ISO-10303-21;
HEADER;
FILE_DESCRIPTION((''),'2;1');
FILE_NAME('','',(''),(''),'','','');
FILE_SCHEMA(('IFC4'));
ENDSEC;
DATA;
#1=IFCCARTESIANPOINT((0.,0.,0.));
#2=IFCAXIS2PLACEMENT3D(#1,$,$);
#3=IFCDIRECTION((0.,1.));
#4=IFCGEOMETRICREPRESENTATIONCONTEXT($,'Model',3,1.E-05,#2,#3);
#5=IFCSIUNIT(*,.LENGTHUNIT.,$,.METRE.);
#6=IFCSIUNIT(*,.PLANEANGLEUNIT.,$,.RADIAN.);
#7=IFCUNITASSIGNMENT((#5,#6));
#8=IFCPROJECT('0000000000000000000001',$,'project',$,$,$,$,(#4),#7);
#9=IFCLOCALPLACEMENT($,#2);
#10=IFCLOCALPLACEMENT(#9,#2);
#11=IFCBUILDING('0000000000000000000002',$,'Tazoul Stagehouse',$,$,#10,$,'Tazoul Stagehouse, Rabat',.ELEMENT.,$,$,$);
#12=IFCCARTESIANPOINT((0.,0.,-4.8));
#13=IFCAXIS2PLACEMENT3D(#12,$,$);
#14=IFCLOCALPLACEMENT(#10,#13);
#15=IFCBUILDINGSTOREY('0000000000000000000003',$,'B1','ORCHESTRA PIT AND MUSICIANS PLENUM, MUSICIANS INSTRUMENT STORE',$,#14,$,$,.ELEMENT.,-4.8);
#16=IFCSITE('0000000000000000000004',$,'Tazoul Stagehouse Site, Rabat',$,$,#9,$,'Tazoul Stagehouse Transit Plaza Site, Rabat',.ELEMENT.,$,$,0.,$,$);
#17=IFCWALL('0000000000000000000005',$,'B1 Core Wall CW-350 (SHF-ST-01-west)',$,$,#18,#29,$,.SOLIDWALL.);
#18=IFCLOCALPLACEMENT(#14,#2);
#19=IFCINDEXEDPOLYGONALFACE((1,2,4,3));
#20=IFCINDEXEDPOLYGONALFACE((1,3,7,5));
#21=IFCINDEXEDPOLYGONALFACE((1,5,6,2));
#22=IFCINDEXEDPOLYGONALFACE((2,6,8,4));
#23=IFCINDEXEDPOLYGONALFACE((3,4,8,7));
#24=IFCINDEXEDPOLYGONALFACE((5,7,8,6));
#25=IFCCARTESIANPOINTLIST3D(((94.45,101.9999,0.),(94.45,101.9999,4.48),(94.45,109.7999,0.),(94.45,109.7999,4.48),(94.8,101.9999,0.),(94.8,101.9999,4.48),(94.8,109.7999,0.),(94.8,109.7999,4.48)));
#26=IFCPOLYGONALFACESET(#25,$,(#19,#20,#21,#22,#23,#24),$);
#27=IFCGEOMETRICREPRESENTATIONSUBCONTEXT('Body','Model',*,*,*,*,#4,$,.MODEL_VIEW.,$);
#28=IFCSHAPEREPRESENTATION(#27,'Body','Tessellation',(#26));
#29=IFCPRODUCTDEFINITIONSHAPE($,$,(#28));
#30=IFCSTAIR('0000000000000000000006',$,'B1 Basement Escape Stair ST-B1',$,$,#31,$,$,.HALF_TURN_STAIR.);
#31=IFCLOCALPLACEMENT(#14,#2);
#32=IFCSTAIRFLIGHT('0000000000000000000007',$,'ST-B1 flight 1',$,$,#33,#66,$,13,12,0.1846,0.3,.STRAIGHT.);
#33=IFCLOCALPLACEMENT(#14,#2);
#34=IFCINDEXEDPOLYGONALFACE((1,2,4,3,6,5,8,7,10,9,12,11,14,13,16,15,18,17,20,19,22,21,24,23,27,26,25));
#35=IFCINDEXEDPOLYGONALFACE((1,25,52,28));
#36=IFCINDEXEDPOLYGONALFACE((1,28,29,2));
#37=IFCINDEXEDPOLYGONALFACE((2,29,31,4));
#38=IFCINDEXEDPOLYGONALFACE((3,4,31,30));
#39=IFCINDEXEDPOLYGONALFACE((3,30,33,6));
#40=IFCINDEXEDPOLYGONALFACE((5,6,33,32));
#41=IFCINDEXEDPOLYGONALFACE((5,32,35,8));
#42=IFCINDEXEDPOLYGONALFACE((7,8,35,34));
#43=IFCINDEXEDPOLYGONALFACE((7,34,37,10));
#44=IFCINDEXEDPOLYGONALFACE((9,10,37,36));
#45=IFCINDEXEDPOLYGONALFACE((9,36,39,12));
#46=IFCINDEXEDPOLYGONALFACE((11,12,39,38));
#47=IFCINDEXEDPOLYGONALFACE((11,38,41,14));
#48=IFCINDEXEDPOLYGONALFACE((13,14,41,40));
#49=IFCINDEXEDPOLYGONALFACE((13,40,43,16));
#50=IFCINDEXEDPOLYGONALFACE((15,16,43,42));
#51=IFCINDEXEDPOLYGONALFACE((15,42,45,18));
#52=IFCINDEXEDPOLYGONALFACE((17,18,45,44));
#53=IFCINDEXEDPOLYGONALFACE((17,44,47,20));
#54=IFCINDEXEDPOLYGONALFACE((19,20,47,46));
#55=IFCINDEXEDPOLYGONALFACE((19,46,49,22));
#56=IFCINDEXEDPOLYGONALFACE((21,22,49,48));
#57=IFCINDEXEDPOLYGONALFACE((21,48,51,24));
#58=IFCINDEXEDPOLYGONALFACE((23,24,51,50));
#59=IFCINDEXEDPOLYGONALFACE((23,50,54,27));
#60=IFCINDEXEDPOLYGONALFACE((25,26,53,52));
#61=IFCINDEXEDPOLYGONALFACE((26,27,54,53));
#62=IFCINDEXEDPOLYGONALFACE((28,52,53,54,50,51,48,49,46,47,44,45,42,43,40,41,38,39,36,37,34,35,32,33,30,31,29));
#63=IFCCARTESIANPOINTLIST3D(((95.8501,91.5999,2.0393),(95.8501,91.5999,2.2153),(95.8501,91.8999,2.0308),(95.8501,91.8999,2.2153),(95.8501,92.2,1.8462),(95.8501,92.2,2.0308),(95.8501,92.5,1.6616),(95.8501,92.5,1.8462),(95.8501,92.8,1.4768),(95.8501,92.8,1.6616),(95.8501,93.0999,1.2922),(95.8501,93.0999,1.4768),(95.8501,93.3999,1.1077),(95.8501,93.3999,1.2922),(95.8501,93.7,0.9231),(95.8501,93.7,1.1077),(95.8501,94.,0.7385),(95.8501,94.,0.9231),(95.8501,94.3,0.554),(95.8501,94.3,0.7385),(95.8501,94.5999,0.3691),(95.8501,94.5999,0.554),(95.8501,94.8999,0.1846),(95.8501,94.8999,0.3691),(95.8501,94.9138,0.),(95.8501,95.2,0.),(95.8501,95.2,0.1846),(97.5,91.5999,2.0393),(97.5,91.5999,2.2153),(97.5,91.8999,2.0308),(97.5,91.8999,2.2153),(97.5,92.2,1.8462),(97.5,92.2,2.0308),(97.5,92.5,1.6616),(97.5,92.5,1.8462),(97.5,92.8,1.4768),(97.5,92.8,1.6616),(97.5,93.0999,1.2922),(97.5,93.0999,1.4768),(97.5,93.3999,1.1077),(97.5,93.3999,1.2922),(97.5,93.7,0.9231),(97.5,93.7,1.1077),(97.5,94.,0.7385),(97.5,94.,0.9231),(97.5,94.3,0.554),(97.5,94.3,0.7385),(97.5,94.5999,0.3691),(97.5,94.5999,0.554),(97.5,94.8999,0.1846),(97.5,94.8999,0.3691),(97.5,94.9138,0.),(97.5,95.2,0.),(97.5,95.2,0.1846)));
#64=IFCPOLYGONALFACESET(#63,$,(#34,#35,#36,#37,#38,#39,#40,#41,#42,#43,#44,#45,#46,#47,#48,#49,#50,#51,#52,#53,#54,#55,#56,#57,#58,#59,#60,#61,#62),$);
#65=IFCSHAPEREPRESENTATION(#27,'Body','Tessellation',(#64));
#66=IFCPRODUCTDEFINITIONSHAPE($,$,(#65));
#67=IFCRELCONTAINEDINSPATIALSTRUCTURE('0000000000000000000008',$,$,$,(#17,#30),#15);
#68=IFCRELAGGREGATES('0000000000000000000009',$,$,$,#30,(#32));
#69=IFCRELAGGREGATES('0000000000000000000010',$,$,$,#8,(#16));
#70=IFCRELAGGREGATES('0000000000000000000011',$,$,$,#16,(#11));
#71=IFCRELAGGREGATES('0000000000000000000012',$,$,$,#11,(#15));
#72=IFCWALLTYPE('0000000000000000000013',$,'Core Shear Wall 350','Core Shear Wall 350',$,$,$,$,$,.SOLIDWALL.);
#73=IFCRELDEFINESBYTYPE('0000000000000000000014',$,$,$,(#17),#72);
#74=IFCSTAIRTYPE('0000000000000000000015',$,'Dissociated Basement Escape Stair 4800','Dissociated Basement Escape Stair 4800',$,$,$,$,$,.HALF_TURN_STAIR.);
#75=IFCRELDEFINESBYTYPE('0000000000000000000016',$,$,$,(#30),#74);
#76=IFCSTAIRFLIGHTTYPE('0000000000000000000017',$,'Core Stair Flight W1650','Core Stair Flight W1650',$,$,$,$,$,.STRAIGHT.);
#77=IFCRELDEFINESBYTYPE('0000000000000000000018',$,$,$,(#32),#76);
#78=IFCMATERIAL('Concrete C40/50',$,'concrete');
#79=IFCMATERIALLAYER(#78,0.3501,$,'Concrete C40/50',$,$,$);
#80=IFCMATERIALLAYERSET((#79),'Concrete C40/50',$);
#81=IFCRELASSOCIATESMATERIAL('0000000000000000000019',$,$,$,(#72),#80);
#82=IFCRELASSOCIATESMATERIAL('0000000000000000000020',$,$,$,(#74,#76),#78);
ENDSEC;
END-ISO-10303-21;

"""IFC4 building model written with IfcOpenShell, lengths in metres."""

from ifc_helpers import new_model, si_unit, direction, frame, frame_2d, origin, place, context, subcontext, project, spatial, polyline, rectangle, outline, extrude, material, layer, layer_set, type_object, element, aggregate, save


model = new_model("IFC4")

# Units and contexts
model_context = context("Model", 3, precision=1e-05, world=origin(), true_north=direction((0.0, 1.0)))
body_context = subcontext(model_context, "Body", "Model", "MODEL_VIEW")
ifc_project = project(units=[si_unit("LENGTHUNIT", "METRE"), si_unit("PLANEANGLEUNIT", "RADIAN")], contexts=[model_context])

# Site, building, storey
site_placement = place(None, origin())
site = spatial("IfcSite", under=ifc_project, at=site_placement, Name="Tazoul Stagehouse Site, Rabat", LongName="Tazoul Stagehouse Transit Plaza Site, Rabat", CompositionType="ELEMENT", RefElevation=0.0)
building_placement = place(site_placement, origin())
building = spatial("IfcBuilding", under=site, at=building_placement, Name="Tazoul Stagehouse", LongName="Tazoul Stagehouse, Rabat", CompositionType="ELEMENT")
storey_placement = place(building_placement, frame((0.0, 0.0, -4.8)))
storey = spatial("IfcBuildingStorey", under=building, at=storey_placement, Name="B1", Description="ORCHESTRA PIT AND MUSICIANS PLENUM, MUSICIANS INSTRUMENT STORE", CompositionType="ELEMENT", Elevation=-4.8)

# Shared definitions
ifc_material_1 = material(Name="Concrete C40/50", Category="concrete")

# Wall
ifc_layer = layer(ifc_material_1, 0.3501, Name="Concrete C40/50")
ifc_layer_set = layer_set([ifc_layer], Name="Concrete C40/50")
wall_type = type_object("IfcWallType", Name="Core Shear Wall 350", Description="Core Shear Wall 350", PredefinedType="SOLIDWALL", material=ifc_layer_set)
wall_1_placement = place(storey_placement, frame((94.625, 102.0, 0.0), z_axis=(0.0, 0.0, 1.0), x_axis=(0.0, 1.0, 0.0)))
element("IfcWall", 1, at=wall_1_placement, inside=storey, type_object=wall_type, Name="B1 Core Wall CW-350 (SHF-ST-01-west)", PredefinedType="SOLIDWALL", context=body_context, shape_type="SweptSolid", body=[
    extrude(rectangle(XDim=7.8, YDim=0.3501, at=frame_2d((3.8999, 0.0))), origin(), (0.0, 0.0, 1.0), 4.48),
])

# Stair, stair flight
stair_type = type_object("IfcStairType", Name="Dissociated Basement Escape Stair 4800", Description="Dissociated Basement Escape Stair 4800", PredefinedType="HALF_TURN_STAIR", material=ifc_material_1)
stair_placement = place(storey_placement, origin())
stair = element("IfcStair", 2, at=stair_placement, inside=storey, type_object=stair_type, Name="B1 Basement Escape Stair ST-B1", PredefinedType="HALF_TURN_STAIR")
stair_flight_type = type_object("IfcStairFlightType", Name="Core Stair Flight W1650", Description="Core Stair Flight W1650", PredefinedType="STRAIGHT", material=ifc_material_1)
stair_flight_placement = place(storey_placement, frame((96.675, 95.2, 0.0), z_axis=(0.0, 0.0, 1.0), x_axis=(0.0, -1.0, 0.0)))
stair_flight = element("IfcStairFlight", 3, at=stair_flight_placement, type_object=stair_flight_type, Name="ST-B1 flight 1", NumberOfRisers=13, NumberOfTreads=12, PredefinedType="STRAIGHT", RiserHeight=0.1846, TreadLength=0.3, context=body_context, shape_type="SweptSolid", body=[
    extrude(outline(polyline([(0.0, 0.0), (0.0, 0.1846), (0.3, 0.1846), (0.3, 0.3691), (0.6001, 0.3691), (0.6001, 0.554), (0.8999, 0.554), (0.8999, 0.7385), (1.2, 0.7385), (1.2, 0.9231), (1.5, 0.9231), (1.5, 1.1077), (1.8, 1.1077), (1.8, 1.2922), (2.1001, 1.2922), (2.1001, 1.4768), (2.3999, 1.4768), (2.3999, 1.6616), (2.7, 1.6616), (2.7, 1.8462), (3.0, 1.8462), (3.0, 2.0308), (3.3, 2.0308), (3.3, 2.2153), (3.6001, 2.2153), (3.6001, 2.3999), (3.6001, 2.0393), (0.2861, 0.0), (0.0, 0.0)])), frame((0.0, 0.825, 0.0), z_axis=(0.0, -1.0, 0.0), x_axis=(1.0, 0.0, 0.0)), (0.0, 0.0, 1.0), 1.6499),
])
aggregate(stair, [stair_flight])

save(model, "model.ifc")
